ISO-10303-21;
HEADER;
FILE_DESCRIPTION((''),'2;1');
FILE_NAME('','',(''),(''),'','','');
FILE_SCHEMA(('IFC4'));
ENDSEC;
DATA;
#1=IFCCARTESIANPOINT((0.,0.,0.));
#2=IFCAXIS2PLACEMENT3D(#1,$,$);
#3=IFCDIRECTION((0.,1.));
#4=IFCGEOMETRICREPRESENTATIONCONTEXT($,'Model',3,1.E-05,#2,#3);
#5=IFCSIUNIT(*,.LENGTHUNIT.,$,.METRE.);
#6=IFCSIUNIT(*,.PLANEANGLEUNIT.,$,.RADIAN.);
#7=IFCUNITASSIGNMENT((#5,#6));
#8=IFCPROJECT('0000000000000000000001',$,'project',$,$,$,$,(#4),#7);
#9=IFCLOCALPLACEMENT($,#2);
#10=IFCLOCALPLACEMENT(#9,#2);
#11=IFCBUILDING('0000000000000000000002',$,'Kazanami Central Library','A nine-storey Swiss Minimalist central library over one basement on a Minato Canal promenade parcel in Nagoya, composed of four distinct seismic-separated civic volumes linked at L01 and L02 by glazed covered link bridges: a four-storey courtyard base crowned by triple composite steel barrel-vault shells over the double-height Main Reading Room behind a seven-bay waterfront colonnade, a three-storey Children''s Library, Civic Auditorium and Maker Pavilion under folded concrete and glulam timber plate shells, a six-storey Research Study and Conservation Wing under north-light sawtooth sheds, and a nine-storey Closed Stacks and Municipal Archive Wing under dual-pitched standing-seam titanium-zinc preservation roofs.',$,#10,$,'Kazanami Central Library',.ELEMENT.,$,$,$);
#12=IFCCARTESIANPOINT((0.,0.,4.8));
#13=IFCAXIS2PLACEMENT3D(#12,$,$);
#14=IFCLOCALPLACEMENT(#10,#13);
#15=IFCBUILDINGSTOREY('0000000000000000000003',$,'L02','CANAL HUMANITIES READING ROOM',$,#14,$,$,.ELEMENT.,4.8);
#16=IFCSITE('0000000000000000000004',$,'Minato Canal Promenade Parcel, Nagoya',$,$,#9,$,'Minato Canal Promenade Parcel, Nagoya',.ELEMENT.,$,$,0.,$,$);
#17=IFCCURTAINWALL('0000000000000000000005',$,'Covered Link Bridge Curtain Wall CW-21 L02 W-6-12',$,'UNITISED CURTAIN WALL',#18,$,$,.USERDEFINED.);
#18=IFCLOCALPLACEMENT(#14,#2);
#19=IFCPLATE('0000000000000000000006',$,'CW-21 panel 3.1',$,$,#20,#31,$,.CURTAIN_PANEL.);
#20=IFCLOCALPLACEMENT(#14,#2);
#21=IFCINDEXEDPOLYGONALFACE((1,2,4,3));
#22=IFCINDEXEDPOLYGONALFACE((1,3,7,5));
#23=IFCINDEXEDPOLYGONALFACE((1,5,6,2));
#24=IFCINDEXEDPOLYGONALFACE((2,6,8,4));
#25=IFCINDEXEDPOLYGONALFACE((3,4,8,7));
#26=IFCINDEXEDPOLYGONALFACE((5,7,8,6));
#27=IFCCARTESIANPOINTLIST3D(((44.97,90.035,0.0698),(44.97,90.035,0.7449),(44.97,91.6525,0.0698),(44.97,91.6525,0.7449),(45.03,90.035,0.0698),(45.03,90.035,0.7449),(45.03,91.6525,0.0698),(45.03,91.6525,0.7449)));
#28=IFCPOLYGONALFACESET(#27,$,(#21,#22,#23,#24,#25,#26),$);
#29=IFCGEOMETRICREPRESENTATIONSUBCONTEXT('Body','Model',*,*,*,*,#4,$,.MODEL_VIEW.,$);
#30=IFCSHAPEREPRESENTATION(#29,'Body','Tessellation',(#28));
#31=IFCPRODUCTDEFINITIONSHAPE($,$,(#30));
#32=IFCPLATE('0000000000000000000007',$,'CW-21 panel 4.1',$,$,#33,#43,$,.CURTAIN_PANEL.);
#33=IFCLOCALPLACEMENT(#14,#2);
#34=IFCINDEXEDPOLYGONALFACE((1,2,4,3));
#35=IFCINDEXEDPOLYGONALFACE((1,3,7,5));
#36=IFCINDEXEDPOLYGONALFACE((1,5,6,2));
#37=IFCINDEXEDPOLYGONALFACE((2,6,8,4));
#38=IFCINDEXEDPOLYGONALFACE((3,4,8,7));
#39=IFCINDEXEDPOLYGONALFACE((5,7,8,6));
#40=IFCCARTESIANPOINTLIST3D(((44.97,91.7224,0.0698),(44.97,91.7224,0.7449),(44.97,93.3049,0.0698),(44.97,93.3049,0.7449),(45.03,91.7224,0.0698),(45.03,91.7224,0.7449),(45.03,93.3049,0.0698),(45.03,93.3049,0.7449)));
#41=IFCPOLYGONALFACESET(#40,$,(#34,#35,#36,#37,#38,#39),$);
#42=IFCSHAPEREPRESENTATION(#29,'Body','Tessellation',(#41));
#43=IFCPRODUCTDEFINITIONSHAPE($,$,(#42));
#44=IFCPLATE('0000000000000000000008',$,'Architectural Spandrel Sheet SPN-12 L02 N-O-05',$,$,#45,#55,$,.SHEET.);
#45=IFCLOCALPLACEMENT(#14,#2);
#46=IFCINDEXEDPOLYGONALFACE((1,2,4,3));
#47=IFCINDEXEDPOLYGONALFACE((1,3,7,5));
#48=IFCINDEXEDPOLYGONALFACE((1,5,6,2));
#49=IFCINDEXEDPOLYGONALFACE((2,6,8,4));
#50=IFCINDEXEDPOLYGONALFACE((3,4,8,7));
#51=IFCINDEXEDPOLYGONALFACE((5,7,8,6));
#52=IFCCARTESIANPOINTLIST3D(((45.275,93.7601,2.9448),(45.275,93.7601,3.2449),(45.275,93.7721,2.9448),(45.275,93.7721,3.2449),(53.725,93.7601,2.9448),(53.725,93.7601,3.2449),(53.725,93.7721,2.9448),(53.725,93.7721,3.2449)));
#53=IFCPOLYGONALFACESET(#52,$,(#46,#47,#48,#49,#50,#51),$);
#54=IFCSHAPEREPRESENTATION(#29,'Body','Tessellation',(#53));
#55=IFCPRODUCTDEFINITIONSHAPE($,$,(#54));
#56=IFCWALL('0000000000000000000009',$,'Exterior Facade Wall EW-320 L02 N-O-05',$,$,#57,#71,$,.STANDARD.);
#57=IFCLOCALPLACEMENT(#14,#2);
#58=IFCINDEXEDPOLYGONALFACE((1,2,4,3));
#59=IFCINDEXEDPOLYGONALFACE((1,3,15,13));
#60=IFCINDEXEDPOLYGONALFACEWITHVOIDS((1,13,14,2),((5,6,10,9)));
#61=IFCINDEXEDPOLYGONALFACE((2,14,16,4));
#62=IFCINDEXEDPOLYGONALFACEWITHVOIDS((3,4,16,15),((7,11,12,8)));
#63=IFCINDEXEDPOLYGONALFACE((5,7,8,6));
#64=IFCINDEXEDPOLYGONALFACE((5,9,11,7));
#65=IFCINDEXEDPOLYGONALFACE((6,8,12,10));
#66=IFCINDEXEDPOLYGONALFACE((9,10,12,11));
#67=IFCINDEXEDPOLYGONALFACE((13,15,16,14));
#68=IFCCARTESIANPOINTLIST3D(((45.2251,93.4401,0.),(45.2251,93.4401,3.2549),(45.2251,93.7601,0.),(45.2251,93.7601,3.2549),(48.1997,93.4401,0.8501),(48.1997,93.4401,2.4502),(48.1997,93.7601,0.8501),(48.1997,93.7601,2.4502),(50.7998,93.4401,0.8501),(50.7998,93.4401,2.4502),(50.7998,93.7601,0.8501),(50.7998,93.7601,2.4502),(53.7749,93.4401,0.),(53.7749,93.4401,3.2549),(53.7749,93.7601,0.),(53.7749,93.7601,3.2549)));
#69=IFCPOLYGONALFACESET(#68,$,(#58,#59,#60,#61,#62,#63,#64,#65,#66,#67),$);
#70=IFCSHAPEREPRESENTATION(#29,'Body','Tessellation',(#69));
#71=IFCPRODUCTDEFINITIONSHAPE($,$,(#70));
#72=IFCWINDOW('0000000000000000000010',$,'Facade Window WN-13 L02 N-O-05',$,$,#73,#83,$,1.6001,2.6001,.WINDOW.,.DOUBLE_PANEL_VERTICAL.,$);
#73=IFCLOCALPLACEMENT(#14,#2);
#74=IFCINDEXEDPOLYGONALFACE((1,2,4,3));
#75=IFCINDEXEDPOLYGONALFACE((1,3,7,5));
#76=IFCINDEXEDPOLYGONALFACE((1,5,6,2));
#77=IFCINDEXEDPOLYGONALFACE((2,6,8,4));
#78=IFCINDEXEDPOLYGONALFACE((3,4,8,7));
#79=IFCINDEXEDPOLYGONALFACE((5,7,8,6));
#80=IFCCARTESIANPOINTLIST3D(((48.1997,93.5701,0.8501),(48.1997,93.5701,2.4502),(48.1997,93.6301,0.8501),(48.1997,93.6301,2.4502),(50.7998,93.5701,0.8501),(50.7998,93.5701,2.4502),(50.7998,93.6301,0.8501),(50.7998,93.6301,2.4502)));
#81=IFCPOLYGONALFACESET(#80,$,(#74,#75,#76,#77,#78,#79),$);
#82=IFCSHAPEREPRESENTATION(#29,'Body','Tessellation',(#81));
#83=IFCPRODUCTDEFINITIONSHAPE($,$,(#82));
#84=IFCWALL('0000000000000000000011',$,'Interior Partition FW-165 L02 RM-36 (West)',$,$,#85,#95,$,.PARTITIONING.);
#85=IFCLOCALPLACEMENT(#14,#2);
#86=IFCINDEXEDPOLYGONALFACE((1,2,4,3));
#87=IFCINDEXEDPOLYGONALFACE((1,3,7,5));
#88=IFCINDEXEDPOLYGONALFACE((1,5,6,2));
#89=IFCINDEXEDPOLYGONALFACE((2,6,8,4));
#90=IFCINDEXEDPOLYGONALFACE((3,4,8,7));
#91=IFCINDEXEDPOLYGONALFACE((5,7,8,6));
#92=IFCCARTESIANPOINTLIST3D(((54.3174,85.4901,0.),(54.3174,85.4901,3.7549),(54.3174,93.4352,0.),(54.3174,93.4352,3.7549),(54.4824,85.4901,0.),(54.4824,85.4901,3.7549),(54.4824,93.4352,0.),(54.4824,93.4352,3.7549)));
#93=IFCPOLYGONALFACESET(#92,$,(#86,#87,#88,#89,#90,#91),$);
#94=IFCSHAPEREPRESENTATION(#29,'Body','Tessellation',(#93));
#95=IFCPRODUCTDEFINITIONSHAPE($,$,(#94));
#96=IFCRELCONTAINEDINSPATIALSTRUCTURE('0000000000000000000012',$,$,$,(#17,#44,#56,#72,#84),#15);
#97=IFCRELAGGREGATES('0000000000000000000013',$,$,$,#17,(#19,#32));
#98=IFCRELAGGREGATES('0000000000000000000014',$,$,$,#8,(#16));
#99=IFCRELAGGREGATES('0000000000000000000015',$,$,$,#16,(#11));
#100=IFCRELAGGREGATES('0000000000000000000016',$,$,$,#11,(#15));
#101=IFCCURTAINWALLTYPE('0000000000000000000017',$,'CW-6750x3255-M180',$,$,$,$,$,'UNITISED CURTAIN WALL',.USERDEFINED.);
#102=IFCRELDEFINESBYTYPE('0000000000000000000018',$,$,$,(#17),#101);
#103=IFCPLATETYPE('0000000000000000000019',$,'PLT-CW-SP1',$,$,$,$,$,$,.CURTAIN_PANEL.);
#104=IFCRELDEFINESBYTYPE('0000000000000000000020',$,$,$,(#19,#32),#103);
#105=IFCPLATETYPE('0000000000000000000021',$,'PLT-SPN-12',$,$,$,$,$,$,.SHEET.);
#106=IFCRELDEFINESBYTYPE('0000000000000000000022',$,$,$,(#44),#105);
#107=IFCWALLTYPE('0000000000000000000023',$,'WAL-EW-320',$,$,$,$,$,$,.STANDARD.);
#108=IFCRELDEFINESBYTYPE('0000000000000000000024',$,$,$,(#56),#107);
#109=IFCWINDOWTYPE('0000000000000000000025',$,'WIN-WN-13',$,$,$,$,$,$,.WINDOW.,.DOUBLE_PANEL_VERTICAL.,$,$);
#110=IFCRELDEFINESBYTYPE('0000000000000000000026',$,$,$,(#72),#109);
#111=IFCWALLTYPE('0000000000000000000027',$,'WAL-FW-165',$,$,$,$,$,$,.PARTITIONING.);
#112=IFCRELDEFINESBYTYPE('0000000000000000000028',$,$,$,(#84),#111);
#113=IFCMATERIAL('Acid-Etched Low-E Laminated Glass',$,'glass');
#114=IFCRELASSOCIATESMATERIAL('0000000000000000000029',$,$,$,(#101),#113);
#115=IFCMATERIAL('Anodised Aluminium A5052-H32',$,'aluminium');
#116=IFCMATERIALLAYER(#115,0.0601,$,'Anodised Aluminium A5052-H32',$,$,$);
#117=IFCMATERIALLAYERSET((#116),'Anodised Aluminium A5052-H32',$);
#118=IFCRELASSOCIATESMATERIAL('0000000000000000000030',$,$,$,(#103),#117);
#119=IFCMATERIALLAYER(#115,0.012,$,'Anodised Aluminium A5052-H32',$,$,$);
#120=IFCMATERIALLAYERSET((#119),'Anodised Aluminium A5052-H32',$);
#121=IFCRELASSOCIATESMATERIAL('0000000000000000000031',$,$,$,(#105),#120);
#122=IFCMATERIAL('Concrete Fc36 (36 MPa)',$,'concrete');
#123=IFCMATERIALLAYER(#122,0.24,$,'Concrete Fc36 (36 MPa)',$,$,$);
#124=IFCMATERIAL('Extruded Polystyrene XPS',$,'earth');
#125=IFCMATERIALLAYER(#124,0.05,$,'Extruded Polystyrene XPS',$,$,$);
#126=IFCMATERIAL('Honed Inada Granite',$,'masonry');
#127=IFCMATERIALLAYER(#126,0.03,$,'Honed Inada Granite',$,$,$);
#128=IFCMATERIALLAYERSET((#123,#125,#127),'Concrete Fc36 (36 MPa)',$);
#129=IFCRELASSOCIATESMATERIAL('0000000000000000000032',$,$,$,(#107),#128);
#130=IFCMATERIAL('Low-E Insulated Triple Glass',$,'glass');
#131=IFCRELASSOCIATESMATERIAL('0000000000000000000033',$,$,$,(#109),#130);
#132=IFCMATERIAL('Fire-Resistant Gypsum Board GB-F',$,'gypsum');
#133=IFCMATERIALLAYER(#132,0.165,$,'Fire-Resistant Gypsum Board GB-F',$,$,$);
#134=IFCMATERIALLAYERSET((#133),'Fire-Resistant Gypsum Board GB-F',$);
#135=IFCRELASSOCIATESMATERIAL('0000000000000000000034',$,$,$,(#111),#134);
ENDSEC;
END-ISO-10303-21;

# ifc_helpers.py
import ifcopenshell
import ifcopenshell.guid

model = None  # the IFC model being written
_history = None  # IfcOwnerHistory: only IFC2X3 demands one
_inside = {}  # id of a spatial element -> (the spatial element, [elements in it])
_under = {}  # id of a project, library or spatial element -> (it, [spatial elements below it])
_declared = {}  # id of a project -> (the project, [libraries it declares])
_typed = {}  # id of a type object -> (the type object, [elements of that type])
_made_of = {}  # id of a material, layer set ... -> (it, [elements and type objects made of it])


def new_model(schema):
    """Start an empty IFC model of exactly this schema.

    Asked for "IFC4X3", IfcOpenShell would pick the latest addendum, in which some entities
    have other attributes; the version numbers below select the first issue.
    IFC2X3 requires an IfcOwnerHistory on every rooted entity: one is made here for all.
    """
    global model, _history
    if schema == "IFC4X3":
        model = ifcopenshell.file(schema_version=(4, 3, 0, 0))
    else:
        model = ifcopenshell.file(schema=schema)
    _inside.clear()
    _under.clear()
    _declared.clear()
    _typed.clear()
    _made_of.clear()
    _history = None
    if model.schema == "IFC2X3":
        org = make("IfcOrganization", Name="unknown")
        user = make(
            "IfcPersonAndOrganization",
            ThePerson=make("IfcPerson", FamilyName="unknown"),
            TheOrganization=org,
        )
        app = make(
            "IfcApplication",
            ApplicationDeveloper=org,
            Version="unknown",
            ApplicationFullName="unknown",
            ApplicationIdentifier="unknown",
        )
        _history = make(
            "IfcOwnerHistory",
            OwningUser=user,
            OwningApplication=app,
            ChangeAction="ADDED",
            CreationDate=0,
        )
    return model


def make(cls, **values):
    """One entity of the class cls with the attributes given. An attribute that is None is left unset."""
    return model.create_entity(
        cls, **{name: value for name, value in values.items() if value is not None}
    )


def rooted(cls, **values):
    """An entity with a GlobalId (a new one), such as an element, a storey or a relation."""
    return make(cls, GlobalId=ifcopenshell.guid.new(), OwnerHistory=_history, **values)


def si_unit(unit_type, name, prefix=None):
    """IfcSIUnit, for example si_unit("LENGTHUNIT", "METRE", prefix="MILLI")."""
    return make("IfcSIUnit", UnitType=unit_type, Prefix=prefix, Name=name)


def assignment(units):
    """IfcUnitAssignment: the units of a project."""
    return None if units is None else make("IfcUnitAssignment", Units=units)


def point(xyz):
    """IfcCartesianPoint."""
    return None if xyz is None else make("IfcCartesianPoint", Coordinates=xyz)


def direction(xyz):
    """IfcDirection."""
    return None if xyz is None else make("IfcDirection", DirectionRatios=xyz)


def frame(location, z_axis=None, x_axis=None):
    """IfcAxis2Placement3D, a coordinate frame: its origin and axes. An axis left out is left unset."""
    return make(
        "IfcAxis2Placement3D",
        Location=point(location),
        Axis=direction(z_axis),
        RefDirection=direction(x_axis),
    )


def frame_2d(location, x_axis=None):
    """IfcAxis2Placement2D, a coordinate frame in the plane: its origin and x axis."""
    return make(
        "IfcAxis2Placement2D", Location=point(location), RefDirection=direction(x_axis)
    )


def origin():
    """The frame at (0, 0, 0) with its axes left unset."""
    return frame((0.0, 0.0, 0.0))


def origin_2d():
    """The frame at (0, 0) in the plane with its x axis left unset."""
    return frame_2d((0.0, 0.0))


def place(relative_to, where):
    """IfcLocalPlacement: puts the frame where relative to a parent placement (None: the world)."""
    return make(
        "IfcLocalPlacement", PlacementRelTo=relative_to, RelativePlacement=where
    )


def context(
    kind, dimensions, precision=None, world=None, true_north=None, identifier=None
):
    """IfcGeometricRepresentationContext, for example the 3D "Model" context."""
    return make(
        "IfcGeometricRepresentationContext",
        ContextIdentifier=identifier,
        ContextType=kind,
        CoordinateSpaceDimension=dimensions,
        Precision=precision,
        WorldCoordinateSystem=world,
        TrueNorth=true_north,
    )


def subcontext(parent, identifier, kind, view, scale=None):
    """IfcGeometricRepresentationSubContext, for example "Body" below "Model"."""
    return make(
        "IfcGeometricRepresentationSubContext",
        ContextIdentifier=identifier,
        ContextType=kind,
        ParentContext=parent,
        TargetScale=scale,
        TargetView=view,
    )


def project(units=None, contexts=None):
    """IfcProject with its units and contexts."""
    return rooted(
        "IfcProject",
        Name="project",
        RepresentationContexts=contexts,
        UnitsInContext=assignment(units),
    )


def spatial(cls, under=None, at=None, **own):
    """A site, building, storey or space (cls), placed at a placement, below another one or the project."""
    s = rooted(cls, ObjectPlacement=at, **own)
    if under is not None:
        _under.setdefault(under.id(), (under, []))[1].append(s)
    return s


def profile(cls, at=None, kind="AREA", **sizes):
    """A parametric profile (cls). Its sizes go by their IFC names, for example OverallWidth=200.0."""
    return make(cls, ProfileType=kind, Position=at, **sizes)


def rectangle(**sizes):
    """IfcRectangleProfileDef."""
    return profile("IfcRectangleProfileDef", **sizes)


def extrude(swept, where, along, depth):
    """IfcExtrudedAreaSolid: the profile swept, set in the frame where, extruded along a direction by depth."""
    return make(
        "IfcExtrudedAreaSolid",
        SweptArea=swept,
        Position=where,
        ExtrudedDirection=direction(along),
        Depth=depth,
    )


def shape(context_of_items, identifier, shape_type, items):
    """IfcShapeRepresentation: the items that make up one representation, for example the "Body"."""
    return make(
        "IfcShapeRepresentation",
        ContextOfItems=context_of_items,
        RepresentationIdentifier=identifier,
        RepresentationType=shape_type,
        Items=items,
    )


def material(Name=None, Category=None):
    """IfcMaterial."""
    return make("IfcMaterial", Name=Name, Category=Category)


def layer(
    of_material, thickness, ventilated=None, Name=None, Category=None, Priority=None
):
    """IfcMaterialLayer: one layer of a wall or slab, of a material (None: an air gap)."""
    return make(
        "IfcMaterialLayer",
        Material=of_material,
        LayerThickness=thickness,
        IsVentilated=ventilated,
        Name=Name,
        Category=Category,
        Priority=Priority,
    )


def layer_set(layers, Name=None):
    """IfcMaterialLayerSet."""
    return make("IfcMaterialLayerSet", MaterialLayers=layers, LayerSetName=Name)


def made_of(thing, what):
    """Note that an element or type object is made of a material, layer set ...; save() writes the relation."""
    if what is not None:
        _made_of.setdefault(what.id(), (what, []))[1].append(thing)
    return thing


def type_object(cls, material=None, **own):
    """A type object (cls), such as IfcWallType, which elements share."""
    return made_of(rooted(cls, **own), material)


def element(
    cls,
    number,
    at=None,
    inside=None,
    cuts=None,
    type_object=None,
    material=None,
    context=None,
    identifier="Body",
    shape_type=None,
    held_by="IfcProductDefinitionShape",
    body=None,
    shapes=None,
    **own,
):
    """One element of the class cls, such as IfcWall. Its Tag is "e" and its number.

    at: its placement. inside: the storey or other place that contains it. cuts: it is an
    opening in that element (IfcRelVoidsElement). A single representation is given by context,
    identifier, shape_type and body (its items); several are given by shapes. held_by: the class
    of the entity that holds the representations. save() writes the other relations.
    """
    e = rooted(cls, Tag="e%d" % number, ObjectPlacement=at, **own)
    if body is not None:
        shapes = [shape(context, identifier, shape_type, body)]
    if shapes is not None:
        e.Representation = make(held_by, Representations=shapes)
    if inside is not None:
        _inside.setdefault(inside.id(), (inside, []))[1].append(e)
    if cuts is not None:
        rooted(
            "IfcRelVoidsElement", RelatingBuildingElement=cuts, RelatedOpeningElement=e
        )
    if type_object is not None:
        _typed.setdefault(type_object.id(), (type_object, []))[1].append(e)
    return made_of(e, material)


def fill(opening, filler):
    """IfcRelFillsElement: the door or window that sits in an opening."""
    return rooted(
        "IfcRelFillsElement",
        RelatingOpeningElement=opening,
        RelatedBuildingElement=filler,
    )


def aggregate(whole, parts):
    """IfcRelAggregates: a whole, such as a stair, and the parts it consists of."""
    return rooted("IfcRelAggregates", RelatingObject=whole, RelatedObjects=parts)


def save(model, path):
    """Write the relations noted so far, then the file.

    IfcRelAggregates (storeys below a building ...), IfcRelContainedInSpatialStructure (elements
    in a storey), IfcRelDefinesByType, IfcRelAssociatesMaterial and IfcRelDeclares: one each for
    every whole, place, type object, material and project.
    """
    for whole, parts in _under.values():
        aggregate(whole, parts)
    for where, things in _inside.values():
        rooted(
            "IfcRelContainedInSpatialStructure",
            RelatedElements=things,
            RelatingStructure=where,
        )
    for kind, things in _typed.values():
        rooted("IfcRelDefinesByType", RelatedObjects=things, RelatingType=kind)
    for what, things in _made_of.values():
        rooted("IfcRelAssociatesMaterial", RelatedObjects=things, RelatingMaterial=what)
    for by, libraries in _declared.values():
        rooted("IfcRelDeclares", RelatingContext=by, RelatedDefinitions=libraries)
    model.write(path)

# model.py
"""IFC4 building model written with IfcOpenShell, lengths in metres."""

from ifc_helpers import new_model, si_unit, direction, frame, frame_2d, origin, origin_2d, place, context, subcontext, project, spatial, rectangle, extrude, material, layer, layer_set, type_object, element, fill, aggregate, save


model = new_model("IFC4")

# Units and contexts
model_context = context("Model", 3, precision=1e-05, world=origin(), true_north=direction((0.0, 1.0)))
body_context = subcontext(model_context, "Body", "Model", "MODEL_VIEW")
ifc_project = project(units=[si_unit("LENGTHUNIT", "METRE"), si_unit("PLANEANGLEUNIT", "RADIAN")], contexts=[model_context])

# Site, building, storey
site_placement = place(None, origin())
site = spatial("IfcSite", under=ifc_project, at=site_placement, Name="Minato Canal Promenade Parcel, Nagoya", LongName="Minato Canal Promenade Parcel, Nagoya", CompositionType="ELEMENT", RefElevation=0.0)
building_placement = place(site_placement, origin())
building = spatial("IfcBuilding", under=site, at=building_placement, Name="Kazanami Central Library", Description="A nine-storey Swiss Minimalist central library over one basement on a Minato Canal promenade parcel in Nagoya, composed of four distinct seismic-separated civic volumes linked at L01 and L02 by glazed covered link bridges: a four-storey courtyard base crowned by triple composite steel barrel-vault shells over the double-height Main Reading Room behind a seven-bay waterfront colonnade, a three-storey Children's Library, Civic Auditorium and Maker Pavilion under folded concrete and glulam timber plate shells, a six-storey Research Study and Conservation Wing under north-light sawtooth sheds, and a nine-storey Closed Stacks and Municipal Archive Wing under dual-pitched standing-seam titanium-zinc preservation roofs.", LongName="Kazanami Central Library", CompositionType="ELEMENT")
storey_placement = place(building_placement, frame((0.0, 0.0, 4.8)))
storey = spatial("IfcBuildingStorey", under=building, at=storey_placement, Name="L02", Description="CANAL HUMANITIES READING ROOM", CompositionType="ELEMENT", Elevation=4.8)

# Curtain wall, plates
ifc_material_1 = material(Name="Acid-Etched Low-E Laminated Glass", Category="glass")
curtain_wall_type = type_object("IfcCurtainWallType", Name="CW-6750x3255-M180", ElementType="UNITISED CURTAIN WALL", PredefinedType="USERDEFINED", material=ifc_material_1)
curtain_wall_placement = place(storey_placement, origin())
curtain_wall = element("IfcCurtainWall", 1, at=curtain_wall_placement, inside=storey, type_object=curtain_wall_type, Name="Covered Link Bridge Curtain Wall CW-21 L02 W-6-12", ObjectType="UNITISED CURTAIN WALL", PredefinedType="USERDEFINED")
ifc_material_2 = material(Name="Low-E Insulated Triple Glass", Category="glass")
ifc_material_3 = material(Name="Anodised Aluminium A5052-H32", Category="aluminium")
ifc_layer_1 = layer(ifc_material_3, 0.0601, Name="Anodised Aluminium A5052-H32")
ifc_layer_set_1 = layer_set([ifc_layer_1], Name="Anodised Aluminium A5052-H32")
plate_type_1 = type_object("IfcPlateType", Name="PLT-CW-SP1", PredefinedType="CURTAIN_PANEL", material=ifc_layer_set_1)
plate_1_placement = place(storey_placement, frame((45.0, 90.8438, 0.0698), z_axis=(0.0, 0.0, 1.0), x_axis=(0.0, 1.0, 0.0)))
plate_1 = element("IfcPlate", 2, at=plate_1_placement, type_object=plate_type_1, Name="CW-21 panel 3.1", PredefinedType="CURTAIN_PANEL", context=body_context, shape_type="SweptSolid", body=[
    extrude(rectangle(XDim=1.6174, YDim=0.0601, at=origin_2d()), origin(), (0.0, 0.0, 1.0), 0.675),
])
plate_2_placement = place(storey_placement, frame((45.0, 92.5137, 0.0698), z_axis=(0.0, 0.0, 1.0), x_axis=(0.0, 1.0, 0.0)))
plate_2 = element("IfcPlate", 3, at=plate_2_placement, type_object=plate_type_1, Name="CW-21 panel 4.1", PredefinedType="CURTAIN_PANEL", context=body_context, shape_type="SweptSolid", body=[
    extrude(rectangle(XDim=1.5825, YDim=0.0601, at=origin_2d()), origin(), (0.0, 0.0, 1.0), 0.675),
])
aggregate(curtain_wall, [plate_1, plate_2])

# Plate
ifc_layer_2 = layer(ifc_material_3, 0.012, Name="Anodised Aluminium A5052-H32")
ifc_layer_set_2 = layer_set([ifc_layer_2], Name="Anodised Aluminium A5052-H32")
plate_type_2 = type_object("IfcPlateType", Name="PLT-SPN-12", PredefinedType="SHEET", material=ifc_layer_set_2)
plate_3_placement = place(storey_placement, frame((49.5, 93.7661, 2.9448), z_axis=(0.0, 0.0, 1.0), x_axis=(-1.0, 0.0, 0.0)))
element("IfcPlate", 4, at=plate_3_placement, inside=storey, type_object=plate_type_2, Name="Architectural Spandrel Sheet SPN-12 L02 N-O-05", PredefinedType="SHEET", context=body_context, shape_type="SweptSolid", body=[
    extrude(rectangle(XDim=8.45, YDim=0.012, at=origin_2d()), origin(), (0.0, 0.0, 1.0), 0.3),
])

# Wall, opening, window
ifc_material_4 = material(Name="Concrete Fc36 (36 MPa)", Category="concrete")
ifc_layer_3 = layer(ifc_material_4, 0.24, Name="Concrete Fc36 (36 MPa)")
ifc_material_5 = material(Name="Extruded Polystyrene XPS", Category="earth")
ifc_layer_4 = layer(ifc_material_5, 0.05, Name="Extruded Polystyrene XPS")
ifc_material_6 = material(Name="Honed Inada Granite", Category="masonry")
ifc_layer_5 = layer(ifc_material_6, 0.03, Name="Honed Inada Granite")
ifc_layer_set_3 = layer_set([ifc_layer_3, ifc_layer_4, ifc_layer_5], Name="Concrete Fc36 (36 MPa)")
wall_type_1 = type_object("IfcWallType", Name="WAL-EW-320", PredefinedType="STANDARD", material=ifc_layer_set_3)
wall_1_placement = place(storey_placement, frame((53.7749, 93.6001, 0.0), z_axis=(0.0, 0.0, 1.0), x_axis=(-1.0, 0.0, 0.0)))
wall_1 = element("IfcWall", 5, at=wall_1_placement, inside=storey, type_object=wall_type_1, Name="Exterior Facade Wall EW-320 L02 N-O-05", PredefinedType="STANDARD", context=body_context, shape_type="SweptSolid", body=[
    extrude(rectangle(XDim=8.5498, YDim=0.3201, at=frame_2d((4.2749, 0.0))), origin(), (0.0, 0.0, 1.0), 3.2549),
])
opening_placement = place(wall_1_placement, frame((2.9751, 0.0, 0.8501)))
opening = element("IfcOpeningElement", 6, at=opening_placement, cuts=wall_1, PredefinedType="OPENING", context=body_context, shape_type="SweptSolid", body=[
    extrude(rectangle(XDim=2.6001, YDim=1.6001, at=frame_2d((1.3, 0.8))), frame((0.0, 0.1719, 0.0), z_axis=(0.0, -1.0, 0.0), x_axis=(1.0, 0.0, 0.0)), (0.0, 0.0, 1.0), 0.344),
])
window_type = type_object("IfcWindowType", Name="WIN-WN-13", PartitioningType="DOUBLE_PANEL_VERTICAL", PredefinedType="WINDOW", material=ifc_material_2)
window_placement = place(opening_placement, origin())
window = element("IfcWindow", 7, at=window_placement, inside=storey, type_object=window_type, Name="Facade Window WN-13 L02 N-O-05", OverallHeight=1.6001, OverallWidth=2.6001, PartitioningType="DOUBLE_PANEL_VERTICAL", PredefinedType="WINDOW", context=body_context, shape_type="SweptSolid", body=[
    extrude(rectangle(XDim=2.6001, YDim=1.6001, at=frame_2d((1.3, 0.8))), frame((0.0, 0.03, 0.0), z_axis=(0.0, -1.0, 0.0), x_axis=(1.0, 0.0, 0.0)), (0.0, 0.0, 1.0), 0.0601),
])
fill(opening, window)

# Wall
ifc_material_7 = material(Name="Fire-Resistant Gypsum Board GB-F", Category="gypsum")
ifc_layer_6 = layer(ifc_material_7, 0.165, Name="Fire-Resistant Gypsum Board GB-F")
ifc_layer_set_4 = layer_set([ifc_layer_6], Name="Fire-Resistant Gypsum Board GB-F")
wall_type_2 = type_object("IfcWallType", Name="WAL-FW-165", PredefinedType="PARTITIONING", material=ifc_layer_set_4)
wall_2_placement = place(storey_placement, frame((54.3999, 85.49, 0.0), z_axis=(0.0, 0.0, 1.0), x_axis=(0.0, 1.0, 0.0)))
element("IfcWall", 8, at=wall_2_placement, inside=storey, type_object=wall_type_2, Name="Interior Partition FW-165 L02 RM-36 (West)", PredefinedType="PARTITIONING", context=body_context, shape_type="SweptSolid", body=[
    extrude(rectangle(XDim=7.9451, YDim=0.165, at=frame_2d((3.9727, 0.0))), origin(), (0.0, 0.0, 1.0), 3.7549),
])

save(model, "model.ifc")
